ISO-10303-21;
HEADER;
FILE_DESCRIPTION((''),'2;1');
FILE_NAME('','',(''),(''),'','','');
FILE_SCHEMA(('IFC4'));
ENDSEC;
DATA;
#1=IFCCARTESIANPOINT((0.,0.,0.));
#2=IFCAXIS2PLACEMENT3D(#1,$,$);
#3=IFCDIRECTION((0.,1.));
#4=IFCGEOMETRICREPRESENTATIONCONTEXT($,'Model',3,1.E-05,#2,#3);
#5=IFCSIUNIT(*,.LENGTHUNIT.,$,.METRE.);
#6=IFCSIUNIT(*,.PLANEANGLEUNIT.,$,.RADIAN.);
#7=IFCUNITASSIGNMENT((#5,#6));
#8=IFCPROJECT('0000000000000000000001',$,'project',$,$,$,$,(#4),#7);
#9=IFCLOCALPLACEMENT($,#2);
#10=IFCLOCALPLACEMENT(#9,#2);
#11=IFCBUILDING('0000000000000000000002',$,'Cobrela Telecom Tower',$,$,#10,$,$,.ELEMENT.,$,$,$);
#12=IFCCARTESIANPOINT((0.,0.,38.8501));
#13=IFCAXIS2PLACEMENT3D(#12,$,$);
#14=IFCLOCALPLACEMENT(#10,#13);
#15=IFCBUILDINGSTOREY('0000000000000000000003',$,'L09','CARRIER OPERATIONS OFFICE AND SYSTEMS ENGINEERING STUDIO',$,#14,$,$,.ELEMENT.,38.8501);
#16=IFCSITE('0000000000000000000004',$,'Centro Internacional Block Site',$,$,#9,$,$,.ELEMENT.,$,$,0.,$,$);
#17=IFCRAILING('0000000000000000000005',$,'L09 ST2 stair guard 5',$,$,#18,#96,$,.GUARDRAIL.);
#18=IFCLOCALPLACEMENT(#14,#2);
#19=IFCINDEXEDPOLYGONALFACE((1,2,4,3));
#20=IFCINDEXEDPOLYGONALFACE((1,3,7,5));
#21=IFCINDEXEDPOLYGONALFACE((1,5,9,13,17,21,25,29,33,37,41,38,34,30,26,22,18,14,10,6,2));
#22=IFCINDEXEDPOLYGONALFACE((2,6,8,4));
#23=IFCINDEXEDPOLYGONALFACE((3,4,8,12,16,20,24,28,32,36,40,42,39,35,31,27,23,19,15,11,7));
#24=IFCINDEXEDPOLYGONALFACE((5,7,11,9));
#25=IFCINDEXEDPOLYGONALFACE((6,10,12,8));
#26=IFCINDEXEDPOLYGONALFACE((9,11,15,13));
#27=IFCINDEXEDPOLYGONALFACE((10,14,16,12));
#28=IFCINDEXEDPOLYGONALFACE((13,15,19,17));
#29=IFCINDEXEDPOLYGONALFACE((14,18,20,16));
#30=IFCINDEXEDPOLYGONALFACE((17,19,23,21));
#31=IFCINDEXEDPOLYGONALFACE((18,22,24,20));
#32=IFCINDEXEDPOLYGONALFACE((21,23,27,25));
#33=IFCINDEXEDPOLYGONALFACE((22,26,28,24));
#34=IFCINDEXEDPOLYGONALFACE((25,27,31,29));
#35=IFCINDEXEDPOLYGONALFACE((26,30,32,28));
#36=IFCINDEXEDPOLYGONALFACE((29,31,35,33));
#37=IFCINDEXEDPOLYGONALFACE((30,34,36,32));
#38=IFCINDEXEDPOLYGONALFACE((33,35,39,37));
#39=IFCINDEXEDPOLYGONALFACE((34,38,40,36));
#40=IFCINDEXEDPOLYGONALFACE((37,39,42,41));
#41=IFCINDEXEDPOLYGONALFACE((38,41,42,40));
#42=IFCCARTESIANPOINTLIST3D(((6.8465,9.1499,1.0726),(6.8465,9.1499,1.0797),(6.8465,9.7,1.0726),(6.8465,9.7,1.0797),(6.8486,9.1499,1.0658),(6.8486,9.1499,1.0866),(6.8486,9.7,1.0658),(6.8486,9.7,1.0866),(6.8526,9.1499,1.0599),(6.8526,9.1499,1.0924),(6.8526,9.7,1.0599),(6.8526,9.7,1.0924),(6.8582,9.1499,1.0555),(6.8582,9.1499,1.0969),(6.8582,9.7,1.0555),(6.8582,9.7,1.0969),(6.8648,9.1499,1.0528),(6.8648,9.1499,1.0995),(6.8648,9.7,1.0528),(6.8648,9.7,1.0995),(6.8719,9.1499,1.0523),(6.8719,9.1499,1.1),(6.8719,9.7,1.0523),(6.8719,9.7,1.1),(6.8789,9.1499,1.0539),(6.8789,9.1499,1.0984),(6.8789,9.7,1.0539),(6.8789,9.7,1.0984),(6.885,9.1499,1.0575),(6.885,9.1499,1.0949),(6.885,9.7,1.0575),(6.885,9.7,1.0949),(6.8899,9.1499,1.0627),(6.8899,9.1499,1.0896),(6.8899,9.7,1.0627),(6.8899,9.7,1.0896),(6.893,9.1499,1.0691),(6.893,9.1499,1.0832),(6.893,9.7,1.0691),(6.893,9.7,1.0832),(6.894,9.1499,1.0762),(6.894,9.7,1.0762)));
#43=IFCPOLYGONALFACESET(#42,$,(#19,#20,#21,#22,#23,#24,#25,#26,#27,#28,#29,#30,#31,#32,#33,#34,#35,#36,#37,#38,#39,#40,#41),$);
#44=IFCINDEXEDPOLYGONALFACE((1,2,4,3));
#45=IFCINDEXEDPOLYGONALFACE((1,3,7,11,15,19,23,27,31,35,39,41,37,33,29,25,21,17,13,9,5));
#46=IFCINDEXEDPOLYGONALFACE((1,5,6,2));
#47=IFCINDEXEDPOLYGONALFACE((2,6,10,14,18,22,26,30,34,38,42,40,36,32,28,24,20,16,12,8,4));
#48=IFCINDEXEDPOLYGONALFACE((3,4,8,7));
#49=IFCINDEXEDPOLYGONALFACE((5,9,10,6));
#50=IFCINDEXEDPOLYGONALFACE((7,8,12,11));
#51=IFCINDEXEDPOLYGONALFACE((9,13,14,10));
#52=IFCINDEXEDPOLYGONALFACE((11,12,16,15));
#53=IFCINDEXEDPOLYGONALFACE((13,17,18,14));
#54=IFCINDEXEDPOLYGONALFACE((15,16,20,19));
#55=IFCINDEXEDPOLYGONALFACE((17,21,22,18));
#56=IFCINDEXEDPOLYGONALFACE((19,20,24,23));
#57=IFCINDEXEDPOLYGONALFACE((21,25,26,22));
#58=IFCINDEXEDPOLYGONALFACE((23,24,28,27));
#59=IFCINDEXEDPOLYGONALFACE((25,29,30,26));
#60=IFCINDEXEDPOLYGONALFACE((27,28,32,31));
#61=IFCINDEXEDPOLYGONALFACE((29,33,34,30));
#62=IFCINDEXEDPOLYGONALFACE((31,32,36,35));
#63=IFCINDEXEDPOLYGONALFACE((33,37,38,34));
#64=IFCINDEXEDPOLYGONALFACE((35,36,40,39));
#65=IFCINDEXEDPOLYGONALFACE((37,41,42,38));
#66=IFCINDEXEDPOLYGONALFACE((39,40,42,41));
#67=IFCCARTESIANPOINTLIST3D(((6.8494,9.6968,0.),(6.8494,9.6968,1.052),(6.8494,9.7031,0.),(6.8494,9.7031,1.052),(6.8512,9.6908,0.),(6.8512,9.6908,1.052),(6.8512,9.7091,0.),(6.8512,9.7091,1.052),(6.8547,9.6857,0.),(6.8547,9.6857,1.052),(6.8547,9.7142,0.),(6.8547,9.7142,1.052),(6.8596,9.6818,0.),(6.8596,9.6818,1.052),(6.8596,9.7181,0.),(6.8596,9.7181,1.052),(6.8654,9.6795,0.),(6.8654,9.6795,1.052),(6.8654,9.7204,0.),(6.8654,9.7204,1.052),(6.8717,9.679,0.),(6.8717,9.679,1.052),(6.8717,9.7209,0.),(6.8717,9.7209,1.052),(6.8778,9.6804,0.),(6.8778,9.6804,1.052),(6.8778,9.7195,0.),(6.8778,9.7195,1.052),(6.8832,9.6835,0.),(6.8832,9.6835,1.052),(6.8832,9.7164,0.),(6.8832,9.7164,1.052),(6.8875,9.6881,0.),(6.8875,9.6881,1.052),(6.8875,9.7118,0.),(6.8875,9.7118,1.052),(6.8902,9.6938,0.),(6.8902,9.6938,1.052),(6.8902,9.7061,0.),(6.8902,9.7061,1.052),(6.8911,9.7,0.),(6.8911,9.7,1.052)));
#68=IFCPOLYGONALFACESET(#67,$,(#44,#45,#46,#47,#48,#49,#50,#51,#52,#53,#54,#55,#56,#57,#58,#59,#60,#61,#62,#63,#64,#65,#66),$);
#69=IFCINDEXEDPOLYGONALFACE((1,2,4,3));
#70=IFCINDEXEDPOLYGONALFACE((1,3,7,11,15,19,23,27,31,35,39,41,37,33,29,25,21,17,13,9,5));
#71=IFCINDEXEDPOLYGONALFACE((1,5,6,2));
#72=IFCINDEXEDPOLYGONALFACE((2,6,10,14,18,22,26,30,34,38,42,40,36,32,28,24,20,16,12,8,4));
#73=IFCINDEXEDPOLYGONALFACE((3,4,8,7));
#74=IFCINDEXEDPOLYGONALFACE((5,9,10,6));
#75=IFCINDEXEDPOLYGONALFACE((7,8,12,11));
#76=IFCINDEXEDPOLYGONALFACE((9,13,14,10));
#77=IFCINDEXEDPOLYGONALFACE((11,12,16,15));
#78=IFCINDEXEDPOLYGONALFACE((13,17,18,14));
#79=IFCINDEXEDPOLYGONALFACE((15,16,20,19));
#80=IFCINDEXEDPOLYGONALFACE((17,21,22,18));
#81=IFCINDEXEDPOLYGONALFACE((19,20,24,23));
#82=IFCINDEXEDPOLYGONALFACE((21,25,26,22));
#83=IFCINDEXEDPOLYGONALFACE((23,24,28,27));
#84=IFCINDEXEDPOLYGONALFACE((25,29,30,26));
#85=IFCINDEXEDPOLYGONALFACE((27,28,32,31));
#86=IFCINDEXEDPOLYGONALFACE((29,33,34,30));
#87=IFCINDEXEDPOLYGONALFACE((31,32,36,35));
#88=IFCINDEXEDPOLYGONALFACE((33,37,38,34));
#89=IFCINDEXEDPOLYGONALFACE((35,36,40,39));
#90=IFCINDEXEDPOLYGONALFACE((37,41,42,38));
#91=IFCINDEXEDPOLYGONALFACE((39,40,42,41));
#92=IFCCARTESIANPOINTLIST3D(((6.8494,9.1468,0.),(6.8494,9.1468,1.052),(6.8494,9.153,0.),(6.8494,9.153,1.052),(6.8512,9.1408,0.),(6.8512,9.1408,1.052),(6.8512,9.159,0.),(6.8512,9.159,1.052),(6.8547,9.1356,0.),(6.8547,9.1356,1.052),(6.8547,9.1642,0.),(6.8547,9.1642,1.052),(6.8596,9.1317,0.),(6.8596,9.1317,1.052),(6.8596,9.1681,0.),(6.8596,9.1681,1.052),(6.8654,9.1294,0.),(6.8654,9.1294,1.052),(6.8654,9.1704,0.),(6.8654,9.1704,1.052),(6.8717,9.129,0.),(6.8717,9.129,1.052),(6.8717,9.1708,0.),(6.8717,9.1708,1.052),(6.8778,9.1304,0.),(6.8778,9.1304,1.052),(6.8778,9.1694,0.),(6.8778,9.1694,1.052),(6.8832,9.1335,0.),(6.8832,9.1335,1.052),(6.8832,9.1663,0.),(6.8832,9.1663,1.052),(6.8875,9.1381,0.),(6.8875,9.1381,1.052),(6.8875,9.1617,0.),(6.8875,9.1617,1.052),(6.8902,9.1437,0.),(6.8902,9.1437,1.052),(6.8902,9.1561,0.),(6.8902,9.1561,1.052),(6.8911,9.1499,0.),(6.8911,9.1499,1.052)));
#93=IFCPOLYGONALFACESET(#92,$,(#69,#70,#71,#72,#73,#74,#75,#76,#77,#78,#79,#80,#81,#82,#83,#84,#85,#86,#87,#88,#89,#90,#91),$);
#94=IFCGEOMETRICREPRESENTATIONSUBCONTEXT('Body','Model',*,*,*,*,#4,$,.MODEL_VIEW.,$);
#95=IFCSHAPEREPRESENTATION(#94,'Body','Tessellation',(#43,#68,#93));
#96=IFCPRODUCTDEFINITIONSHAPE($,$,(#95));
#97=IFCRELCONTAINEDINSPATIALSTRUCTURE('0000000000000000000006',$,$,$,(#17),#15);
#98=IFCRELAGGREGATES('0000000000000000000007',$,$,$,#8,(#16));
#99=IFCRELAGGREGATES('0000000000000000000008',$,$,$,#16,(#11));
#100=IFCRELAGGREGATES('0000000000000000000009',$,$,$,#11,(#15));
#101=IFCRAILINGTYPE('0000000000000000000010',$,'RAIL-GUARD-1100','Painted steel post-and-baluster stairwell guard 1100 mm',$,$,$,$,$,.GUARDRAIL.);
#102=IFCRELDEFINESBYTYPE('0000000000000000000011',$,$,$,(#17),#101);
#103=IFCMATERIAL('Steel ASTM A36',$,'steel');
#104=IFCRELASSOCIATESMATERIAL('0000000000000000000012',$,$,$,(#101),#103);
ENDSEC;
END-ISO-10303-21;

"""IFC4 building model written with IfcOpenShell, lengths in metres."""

from ifc_helpers import new_model, si_unit, direction, frame, origin, origin_2d, place, context, subcontext, project, spatial, circle, extrude, material, type_object, element, save


model = new_model("IFC4")

# Units and contexts
model_context = context("Model", 3, precision=1e-05, world=origin(), true_north=direction((0.0, 1.0)))
body_context = subcontext(model_context, "Body", "Model", "MODEL_VIEW")
ifc_project = project(units=[si_unit("LENGTHUNIT", "METRE"), si_unit("PLANEANGLEUNIT", "RADIAN")], contexts=[model_context])

# Site, building, storey
site_placement = place(None, origin())
site = spatial("IfcSite", under=ifc_project, at=site_placement, Name="Centro Internacional Block Site", CompositionType="ELEMENT", RefElevation=0.0)
building_placement = place(site_placement, origin())
building = spatial("IfcBuilding", under=site, at=building_placement, Name="Cobrela Telecom Tower", CompositionType="ELEMENT")
storey_placement = place(building_placement, frame((0.0, 0.0, 38.8501)))
storey = spatial("IfcBuildingStorey", under=building, at=storey_placement, Name="L09", Description="CARRIER OPERATIONS OFFICE AND SYSTEMS ENGINEERING STUDIO", CompositionType="ELEMENT", Elevation=38.8501)

# Railing
ifc_material_1 = material(Name="Steel ASTM A36", Category="steel")
railing_type_1 = type_object("IfcRailingType", Name="RAIL-GUARD-1100", Description="Painted steel post-and-baluster stairwell guard 1100 mm", PredefinedType="GUARDRAIL", material=ifc_material_1)
railing_1_placement = place(storey_placement, frame((6.8701, 9.7, 0.0)))
element("IfcRailing", 1, at=railing_1_placement, inside=storey, type_object=railing_type_1, Name="L09 ST2 stair guard 5", PredefinedType="GUARDRAIL", context=body_context, shape_type="SweptSolid", body=[
    extrude(circle(Radius=0.0239, at=origin_2d()), frame((0.0, 0.0, 1.0762), z_axis=(0.0, -1.0, 0.0), x_axis=(1.0, 0.0, 0.0)), (0.0, 0.0, 1.0), 0.55),
    extrude(circle(Radius=0.021, at=origin_2d()), origin(), (0.0, 0.0, 1.0), 1.052),
    extrude(circle(Radius=0.021, at=origin_2d()), frame((0.0, -0.55, 0.0)), (0.0, 0.0, 1.0), 1.052),
])

save(model, "model.ifc")
